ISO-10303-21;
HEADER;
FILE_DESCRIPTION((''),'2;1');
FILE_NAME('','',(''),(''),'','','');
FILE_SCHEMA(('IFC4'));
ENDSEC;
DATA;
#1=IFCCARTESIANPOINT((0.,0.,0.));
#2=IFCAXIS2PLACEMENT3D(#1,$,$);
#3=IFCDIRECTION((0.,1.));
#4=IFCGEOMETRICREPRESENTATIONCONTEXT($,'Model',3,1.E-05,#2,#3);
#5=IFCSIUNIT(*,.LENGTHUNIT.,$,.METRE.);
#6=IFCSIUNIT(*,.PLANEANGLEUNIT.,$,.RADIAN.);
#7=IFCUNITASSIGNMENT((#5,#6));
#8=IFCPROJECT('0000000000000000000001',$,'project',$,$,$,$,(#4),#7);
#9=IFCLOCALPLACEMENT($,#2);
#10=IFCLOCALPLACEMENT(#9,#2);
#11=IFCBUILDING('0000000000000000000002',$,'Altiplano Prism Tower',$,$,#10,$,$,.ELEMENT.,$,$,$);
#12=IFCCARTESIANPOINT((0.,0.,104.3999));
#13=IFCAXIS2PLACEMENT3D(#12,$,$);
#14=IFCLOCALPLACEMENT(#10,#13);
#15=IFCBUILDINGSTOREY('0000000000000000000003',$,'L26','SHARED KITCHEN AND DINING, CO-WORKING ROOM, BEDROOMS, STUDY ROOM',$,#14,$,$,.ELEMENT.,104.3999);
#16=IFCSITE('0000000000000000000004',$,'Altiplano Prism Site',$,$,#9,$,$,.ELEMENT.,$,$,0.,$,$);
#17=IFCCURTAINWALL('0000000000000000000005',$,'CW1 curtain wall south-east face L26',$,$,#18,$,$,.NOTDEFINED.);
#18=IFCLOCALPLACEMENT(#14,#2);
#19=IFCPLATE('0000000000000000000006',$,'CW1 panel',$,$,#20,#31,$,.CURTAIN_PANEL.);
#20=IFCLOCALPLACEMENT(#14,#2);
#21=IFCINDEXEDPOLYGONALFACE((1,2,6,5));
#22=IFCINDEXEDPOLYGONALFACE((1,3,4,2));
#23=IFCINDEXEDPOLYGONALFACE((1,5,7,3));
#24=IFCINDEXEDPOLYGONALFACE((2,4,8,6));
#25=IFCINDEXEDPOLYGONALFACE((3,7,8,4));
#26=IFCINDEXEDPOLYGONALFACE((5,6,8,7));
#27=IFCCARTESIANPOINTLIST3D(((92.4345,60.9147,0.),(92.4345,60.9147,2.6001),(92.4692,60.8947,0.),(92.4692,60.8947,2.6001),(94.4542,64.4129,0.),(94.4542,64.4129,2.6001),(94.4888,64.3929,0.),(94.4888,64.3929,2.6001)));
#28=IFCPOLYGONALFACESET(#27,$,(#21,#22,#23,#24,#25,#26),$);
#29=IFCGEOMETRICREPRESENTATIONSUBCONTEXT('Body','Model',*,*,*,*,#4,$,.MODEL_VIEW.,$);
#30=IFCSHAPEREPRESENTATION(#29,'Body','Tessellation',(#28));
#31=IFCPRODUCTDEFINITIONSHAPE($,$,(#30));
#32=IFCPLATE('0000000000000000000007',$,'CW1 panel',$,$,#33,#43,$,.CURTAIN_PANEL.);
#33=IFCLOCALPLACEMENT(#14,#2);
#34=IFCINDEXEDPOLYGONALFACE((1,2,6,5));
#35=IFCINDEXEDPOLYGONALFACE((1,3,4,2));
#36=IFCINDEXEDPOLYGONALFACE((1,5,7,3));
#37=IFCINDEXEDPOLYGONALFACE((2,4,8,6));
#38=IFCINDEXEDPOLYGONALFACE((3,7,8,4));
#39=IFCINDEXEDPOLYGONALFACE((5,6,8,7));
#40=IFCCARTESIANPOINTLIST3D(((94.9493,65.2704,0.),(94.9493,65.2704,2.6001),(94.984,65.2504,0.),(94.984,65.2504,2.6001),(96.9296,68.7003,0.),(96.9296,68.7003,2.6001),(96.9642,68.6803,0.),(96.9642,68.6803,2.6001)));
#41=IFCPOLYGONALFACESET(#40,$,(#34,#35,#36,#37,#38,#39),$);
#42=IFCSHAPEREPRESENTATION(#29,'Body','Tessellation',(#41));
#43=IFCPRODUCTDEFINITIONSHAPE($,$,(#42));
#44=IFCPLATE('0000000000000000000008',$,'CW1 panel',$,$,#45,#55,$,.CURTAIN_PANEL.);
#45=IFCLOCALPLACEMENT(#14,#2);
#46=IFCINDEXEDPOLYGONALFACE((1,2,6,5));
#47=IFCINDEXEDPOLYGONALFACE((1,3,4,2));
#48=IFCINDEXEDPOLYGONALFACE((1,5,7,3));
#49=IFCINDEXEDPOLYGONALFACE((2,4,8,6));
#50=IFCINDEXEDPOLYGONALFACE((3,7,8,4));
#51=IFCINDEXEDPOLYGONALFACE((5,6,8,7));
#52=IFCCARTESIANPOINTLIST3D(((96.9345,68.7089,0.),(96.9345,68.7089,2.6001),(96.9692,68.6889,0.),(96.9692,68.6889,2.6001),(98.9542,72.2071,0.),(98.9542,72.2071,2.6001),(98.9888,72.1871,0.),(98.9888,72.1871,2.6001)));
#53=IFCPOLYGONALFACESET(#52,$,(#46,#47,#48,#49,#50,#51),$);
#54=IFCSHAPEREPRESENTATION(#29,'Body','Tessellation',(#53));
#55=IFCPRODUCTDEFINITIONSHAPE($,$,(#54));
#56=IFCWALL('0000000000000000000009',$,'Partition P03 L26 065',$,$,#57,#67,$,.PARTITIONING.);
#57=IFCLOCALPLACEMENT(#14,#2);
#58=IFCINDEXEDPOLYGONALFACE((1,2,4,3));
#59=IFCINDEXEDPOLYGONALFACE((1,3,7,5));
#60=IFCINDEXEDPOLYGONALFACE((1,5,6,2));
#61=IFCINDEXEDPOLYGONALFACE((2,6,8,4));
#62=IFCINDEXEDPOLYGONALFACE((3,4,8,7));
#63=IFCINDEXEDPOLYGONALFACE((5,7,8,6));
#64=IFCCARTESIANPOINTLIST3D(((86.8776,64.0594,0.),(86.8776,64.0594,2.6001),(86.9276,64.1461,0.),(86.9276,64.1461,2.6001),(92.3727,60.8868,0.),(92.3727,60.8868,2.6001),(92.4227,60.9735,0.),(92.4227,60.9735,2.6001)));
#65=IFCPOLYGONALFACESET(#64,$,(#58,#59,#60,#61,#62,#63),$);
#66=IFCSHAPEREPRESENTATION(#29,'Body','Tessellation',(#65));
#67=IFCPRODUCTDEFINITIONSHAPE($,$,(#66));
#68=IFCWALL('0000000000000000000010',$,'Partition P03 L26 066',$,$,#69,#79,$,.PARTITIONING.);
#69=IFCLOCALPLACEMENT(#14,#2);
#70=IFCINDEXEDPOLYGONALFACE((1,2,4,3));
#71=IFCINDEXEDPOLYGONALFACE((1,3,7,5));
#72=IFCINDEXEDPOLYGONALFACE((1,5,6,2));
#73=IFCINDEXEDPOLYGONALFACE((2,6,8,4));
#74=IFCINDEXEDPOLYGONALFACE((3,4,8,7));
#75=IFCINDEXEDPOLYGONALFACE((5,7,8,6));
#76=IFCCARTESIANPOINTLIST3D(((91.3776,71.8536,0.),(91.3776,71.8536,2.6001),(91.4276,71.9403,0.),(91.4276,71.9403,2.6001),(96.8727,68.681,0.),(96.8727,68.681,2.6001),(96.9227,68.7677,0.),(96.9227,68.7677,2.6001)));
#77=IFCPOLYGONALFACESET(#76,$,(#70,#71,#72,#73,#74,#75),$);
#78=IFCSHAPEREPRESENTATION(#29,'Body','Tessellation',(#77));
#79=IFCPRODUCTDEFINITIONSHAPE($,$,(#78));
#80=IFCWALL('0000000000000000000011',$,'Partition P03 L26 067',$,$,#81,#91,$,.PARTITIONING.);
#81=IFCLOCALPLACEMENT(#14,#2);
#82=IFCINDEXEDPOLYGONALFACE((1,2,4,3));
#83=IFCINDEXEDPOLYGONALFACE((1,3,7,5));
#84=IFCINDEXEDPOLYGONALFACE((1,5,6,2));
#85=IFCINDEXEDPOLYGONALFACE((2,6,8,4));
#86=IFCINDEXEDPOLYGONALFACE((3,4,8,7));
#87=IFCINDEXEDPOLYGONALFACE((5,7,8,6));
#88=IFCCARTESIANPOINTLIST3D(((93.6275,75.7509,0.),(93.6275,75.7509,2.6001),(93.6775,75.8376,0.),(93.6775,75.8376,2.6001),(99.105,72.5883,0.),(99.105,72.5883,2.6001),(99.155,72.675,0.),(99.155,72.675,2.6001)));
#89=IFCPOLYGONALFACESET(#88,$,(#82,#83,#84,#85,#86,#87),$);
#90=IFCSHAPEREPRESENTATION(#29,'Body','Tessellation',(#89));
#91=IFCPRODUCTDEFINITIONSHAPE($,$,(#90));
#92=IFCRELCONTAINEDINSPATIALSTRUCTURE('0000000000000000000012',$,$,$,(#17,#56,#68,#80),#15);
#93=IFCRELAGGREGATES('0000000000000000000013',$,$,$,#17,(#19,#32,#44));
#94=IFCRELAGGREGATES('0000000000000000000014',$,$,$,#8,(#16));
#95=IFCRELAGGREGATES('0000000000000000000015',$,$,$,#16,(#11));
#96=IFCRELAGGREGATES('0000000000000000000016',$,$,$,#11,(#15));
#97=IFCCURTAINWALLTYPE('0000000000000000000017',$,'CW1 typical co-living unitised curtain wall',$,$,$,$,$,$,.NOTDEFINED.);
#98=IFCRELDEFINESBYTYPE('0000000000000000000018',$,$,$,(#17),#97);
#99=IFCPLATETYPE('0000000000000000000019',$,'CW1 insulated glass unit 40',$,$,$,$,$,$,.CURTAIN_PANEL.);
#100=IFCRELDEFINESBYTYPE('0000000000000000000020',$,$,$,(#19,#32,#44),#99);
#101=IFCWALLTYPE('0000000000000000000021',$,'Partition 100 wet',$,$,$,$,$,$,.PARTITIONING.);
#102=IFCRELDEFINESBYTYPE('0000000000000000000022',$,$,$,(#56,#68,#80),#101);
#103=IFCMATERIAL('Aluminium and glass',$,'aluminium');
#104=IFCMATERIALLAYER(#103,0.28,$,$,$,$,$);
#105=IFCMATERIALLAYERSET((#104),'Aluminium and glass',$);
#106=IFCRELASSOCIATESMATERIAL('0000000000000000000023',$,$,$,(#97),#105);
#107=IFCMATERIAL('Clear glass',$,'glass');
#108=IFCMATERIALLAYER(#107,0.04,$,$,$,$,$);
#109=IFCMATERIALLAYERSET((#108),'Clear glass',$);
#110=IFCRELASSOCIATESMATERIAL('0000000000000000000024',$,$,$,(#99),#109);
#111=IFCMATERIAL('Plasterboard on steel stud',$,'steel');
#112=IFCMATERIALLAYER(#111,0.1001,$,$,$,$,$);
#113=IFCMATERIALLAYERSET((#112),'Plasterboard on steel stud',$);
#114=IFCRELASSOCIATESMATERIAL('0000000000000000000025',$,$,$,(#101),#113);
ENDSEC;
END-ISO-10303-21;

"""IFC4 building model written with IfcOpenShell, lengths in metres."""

from ifc_helpers import new_model, si_unit, direction, frame, frame_2d, origin, origin_2d, place, context, subcontext, project, spatial, rectangle, extrude, material, layer, layer_set, type_object, element, aggregate, save


model = new_model("IFC4")

# Units and contexts
model_context = context("Model", 3, precision=1e-05, world=origin(), true_north=direction((0.0, 1.0)))
body_context = subcontext(model_context, "Body", "Model", "MODEL_VIEW")
ifc_project = project(units=[si_unit("LENGTHUNIT", "METRE"), si_unit("PLANEANGLEUNIT", "RADIAN")], contexts=[model_context])

# Site, building, storey
site_placement = place(None, origin())
site = spatial("IfcSite", under=ifc_project, at=site_placement, Name="Altiplano Prism Site", CompositionType="ELEMENT", RefElevation=0.0)
building_placement = place(site_placement, origin())
building = spatial("IfcBuilding", under=site, at=building_placement, Name="Altiplano Prism Tower", CompositionType="ELEMENT")
storey_placement = place(building_placement, frame((0.0, 0.0, 104.3999)))
storey = spatial("IfcBuildingStorey", under=building, at=storey_placement, Name="L26", Description="SHARED KITCHEN AND DINING, CO-WORKING ROOM, BEDROOMS, STUDY ROOM", CompositionType="ELEMENT", Elevation=104.3999)

# Curtain wall
ifc_material_1 = material(Name="Aluminium and glass", Category="aluminium")
ifc_layer_1 = layer(ifc_material_1, 0.28)
ifc_layer_set_1 = layer_set([ifc_layer_1], Name="Aluminium and glass")
curtain_wall_type = type_object("IfcCurtainWallType", Name="CW1 typical co-living unitised curtain wall", PredefinedType="NOTDEFINED", material=ifc_layer_set_1)
curtain_wall_placement = place(storey_placement, origin())
curtain_wall = element("IfcCurtainWall", 1, at=curtain_wall_placement, inside=storey, type_object=curtain_wall_type, Name="CW1 curtain wall south-east face L26", PredefinedType="NOTDEFINED")

# Plates
ifc_material_2 = material(Name="Clear glass", Category="glass")
ifc_layer_2 = layer(ifc_material_2, 0.04)
ifc_layer_set_2 = layer_set([ifc_layer_2], Name="Clear glass")
plate_type = type_object("IfcPlateType", Name="CW1 insulated glass unit 40", PredefinedType="CURTAIN_PANEL", material=ifc_layer_set_2)
plate_1_placement = place(storey_placement, frame((93.4617, 62.6538, 0.0), z_axis=(0.0, 0.0, 1.0), x_axis=(0.5, 0.866025, 0.0)))
plate_1 = element("IfcPlate", 2, at=plate_1_placement, type_object=plate_type, Name="CW1 panel", PredefinedType="CURTAIN_PANEL", context=body_context, shape_type="SweptSolid", body=[
    extrude(rectangle(XDim=4.0393, YDim=0.04, at=origin_2d()), origin(), (0.0, 0.0, 1.0), 2.6001),
])
plate_2_placement = place(storey_placement, frame((95.9568, 66.9753, 0.0), z_axis=(0.0, 0.0, 1.0), x_axis=(0.5, 0.866025, 0.0)))
plate_2 = element("IfcPlate", 3, at=plate_2_placement, type_object=plate_type, Name="CW1 panel", PredefinedType="CURTAIN_PANEL", context=body_context, shape_type="SweptSolid", body=[
    extrude(rectangle(XDim=3.9604, YDim=0.04, at=origin_2d()), origin(), (0.0, 0.0, 1.0), 2.6001),
])
plate_3_placement = place(storey_placement, frame((97.9617, 70.448, 0.0), z_axis=(0.0, 0.0, 1.0), x_axis=(0.5, 0.866025, 0.0)))
plate_3 = element("IfcPlate", 4, at=plate_3_placement, type_object=plate_type, Name="CW1 panel", PredefinedType="CURTAIN_PANEL", context=body_context, shape_type="SweptSolid", body=[
    extrude(rectangle(XDim=4.0393, YDim=0.04, at=origin_2d()), origin(), (0.0, 0.0, 1.0), 2.6001),
])
aggregate(curtain_wall, [plate_1, plate_2, plate_3])

# Walls
ifc_material_3 = material(Name="Plasterboard on steel stud", Category="steel")
ifc_layer_3 = layer(ifc_material_3, 0.1001)
ifc_layer_set_3 = layer_set([ifc_layer_3], Name="Plasterboard on steel stud")
wall_type = type_object("IfcWallType", Name="Partition 100 wet", PredefinedType="PARTITIONING", material=ifc_layer_set_3)
for number, where, z_axis, x_axis, name in (
    (5, (92.3977, 60.9302, 0.0), (0.0, 0.0, 1.0), (-0.866025, 0.5, 0.0), "Partition P03 L26 065"),
    (6, (96.8977, 68.7244, 0.0), (0.0, 0.0, 1.0), (-0.866025, 0.5, 0.0), "Partition P03 L26 066"),
):
    element("IfcWall", number, at=place(storey_placement, frame(where, z_axis=z_axis, x_axis=x_axis)), inside=storey, type_object=wall_type, Name=name, PredefinedType="PARTITIONING", context=body_context, shape_type="SweptSolid", body=[
        extrude(rectangle(XDim=6.3452, YDim=0.1001, at=frame_2d((3.1726, 0.0))), origin(), (0.0, 0.0, 1.0), 2.6001),
    ])
wall_placement = place(storey_placement, frame((99.1301, 72.6316, 0.0), z_axis=(0.0, 0.0, 1.0), x_axis=(-0.866016, 0.500016, 0.0)))
element("IfcWall", 7, at=wall_placement, inside=storey, type_object=wall_type, Name="Partition P03 L26 067", PredefinedType="PARTITIONING", context=body_context, shape_type="SweptSolid", body=[
    extrude(rectangle(XDim=6.325, YDim=0.1001, at=frame_2d((3.1626, 0.0))), origin(), (0.0, 0.0, 1.0), 2.6001),
])

save(model, "model.ifc")
